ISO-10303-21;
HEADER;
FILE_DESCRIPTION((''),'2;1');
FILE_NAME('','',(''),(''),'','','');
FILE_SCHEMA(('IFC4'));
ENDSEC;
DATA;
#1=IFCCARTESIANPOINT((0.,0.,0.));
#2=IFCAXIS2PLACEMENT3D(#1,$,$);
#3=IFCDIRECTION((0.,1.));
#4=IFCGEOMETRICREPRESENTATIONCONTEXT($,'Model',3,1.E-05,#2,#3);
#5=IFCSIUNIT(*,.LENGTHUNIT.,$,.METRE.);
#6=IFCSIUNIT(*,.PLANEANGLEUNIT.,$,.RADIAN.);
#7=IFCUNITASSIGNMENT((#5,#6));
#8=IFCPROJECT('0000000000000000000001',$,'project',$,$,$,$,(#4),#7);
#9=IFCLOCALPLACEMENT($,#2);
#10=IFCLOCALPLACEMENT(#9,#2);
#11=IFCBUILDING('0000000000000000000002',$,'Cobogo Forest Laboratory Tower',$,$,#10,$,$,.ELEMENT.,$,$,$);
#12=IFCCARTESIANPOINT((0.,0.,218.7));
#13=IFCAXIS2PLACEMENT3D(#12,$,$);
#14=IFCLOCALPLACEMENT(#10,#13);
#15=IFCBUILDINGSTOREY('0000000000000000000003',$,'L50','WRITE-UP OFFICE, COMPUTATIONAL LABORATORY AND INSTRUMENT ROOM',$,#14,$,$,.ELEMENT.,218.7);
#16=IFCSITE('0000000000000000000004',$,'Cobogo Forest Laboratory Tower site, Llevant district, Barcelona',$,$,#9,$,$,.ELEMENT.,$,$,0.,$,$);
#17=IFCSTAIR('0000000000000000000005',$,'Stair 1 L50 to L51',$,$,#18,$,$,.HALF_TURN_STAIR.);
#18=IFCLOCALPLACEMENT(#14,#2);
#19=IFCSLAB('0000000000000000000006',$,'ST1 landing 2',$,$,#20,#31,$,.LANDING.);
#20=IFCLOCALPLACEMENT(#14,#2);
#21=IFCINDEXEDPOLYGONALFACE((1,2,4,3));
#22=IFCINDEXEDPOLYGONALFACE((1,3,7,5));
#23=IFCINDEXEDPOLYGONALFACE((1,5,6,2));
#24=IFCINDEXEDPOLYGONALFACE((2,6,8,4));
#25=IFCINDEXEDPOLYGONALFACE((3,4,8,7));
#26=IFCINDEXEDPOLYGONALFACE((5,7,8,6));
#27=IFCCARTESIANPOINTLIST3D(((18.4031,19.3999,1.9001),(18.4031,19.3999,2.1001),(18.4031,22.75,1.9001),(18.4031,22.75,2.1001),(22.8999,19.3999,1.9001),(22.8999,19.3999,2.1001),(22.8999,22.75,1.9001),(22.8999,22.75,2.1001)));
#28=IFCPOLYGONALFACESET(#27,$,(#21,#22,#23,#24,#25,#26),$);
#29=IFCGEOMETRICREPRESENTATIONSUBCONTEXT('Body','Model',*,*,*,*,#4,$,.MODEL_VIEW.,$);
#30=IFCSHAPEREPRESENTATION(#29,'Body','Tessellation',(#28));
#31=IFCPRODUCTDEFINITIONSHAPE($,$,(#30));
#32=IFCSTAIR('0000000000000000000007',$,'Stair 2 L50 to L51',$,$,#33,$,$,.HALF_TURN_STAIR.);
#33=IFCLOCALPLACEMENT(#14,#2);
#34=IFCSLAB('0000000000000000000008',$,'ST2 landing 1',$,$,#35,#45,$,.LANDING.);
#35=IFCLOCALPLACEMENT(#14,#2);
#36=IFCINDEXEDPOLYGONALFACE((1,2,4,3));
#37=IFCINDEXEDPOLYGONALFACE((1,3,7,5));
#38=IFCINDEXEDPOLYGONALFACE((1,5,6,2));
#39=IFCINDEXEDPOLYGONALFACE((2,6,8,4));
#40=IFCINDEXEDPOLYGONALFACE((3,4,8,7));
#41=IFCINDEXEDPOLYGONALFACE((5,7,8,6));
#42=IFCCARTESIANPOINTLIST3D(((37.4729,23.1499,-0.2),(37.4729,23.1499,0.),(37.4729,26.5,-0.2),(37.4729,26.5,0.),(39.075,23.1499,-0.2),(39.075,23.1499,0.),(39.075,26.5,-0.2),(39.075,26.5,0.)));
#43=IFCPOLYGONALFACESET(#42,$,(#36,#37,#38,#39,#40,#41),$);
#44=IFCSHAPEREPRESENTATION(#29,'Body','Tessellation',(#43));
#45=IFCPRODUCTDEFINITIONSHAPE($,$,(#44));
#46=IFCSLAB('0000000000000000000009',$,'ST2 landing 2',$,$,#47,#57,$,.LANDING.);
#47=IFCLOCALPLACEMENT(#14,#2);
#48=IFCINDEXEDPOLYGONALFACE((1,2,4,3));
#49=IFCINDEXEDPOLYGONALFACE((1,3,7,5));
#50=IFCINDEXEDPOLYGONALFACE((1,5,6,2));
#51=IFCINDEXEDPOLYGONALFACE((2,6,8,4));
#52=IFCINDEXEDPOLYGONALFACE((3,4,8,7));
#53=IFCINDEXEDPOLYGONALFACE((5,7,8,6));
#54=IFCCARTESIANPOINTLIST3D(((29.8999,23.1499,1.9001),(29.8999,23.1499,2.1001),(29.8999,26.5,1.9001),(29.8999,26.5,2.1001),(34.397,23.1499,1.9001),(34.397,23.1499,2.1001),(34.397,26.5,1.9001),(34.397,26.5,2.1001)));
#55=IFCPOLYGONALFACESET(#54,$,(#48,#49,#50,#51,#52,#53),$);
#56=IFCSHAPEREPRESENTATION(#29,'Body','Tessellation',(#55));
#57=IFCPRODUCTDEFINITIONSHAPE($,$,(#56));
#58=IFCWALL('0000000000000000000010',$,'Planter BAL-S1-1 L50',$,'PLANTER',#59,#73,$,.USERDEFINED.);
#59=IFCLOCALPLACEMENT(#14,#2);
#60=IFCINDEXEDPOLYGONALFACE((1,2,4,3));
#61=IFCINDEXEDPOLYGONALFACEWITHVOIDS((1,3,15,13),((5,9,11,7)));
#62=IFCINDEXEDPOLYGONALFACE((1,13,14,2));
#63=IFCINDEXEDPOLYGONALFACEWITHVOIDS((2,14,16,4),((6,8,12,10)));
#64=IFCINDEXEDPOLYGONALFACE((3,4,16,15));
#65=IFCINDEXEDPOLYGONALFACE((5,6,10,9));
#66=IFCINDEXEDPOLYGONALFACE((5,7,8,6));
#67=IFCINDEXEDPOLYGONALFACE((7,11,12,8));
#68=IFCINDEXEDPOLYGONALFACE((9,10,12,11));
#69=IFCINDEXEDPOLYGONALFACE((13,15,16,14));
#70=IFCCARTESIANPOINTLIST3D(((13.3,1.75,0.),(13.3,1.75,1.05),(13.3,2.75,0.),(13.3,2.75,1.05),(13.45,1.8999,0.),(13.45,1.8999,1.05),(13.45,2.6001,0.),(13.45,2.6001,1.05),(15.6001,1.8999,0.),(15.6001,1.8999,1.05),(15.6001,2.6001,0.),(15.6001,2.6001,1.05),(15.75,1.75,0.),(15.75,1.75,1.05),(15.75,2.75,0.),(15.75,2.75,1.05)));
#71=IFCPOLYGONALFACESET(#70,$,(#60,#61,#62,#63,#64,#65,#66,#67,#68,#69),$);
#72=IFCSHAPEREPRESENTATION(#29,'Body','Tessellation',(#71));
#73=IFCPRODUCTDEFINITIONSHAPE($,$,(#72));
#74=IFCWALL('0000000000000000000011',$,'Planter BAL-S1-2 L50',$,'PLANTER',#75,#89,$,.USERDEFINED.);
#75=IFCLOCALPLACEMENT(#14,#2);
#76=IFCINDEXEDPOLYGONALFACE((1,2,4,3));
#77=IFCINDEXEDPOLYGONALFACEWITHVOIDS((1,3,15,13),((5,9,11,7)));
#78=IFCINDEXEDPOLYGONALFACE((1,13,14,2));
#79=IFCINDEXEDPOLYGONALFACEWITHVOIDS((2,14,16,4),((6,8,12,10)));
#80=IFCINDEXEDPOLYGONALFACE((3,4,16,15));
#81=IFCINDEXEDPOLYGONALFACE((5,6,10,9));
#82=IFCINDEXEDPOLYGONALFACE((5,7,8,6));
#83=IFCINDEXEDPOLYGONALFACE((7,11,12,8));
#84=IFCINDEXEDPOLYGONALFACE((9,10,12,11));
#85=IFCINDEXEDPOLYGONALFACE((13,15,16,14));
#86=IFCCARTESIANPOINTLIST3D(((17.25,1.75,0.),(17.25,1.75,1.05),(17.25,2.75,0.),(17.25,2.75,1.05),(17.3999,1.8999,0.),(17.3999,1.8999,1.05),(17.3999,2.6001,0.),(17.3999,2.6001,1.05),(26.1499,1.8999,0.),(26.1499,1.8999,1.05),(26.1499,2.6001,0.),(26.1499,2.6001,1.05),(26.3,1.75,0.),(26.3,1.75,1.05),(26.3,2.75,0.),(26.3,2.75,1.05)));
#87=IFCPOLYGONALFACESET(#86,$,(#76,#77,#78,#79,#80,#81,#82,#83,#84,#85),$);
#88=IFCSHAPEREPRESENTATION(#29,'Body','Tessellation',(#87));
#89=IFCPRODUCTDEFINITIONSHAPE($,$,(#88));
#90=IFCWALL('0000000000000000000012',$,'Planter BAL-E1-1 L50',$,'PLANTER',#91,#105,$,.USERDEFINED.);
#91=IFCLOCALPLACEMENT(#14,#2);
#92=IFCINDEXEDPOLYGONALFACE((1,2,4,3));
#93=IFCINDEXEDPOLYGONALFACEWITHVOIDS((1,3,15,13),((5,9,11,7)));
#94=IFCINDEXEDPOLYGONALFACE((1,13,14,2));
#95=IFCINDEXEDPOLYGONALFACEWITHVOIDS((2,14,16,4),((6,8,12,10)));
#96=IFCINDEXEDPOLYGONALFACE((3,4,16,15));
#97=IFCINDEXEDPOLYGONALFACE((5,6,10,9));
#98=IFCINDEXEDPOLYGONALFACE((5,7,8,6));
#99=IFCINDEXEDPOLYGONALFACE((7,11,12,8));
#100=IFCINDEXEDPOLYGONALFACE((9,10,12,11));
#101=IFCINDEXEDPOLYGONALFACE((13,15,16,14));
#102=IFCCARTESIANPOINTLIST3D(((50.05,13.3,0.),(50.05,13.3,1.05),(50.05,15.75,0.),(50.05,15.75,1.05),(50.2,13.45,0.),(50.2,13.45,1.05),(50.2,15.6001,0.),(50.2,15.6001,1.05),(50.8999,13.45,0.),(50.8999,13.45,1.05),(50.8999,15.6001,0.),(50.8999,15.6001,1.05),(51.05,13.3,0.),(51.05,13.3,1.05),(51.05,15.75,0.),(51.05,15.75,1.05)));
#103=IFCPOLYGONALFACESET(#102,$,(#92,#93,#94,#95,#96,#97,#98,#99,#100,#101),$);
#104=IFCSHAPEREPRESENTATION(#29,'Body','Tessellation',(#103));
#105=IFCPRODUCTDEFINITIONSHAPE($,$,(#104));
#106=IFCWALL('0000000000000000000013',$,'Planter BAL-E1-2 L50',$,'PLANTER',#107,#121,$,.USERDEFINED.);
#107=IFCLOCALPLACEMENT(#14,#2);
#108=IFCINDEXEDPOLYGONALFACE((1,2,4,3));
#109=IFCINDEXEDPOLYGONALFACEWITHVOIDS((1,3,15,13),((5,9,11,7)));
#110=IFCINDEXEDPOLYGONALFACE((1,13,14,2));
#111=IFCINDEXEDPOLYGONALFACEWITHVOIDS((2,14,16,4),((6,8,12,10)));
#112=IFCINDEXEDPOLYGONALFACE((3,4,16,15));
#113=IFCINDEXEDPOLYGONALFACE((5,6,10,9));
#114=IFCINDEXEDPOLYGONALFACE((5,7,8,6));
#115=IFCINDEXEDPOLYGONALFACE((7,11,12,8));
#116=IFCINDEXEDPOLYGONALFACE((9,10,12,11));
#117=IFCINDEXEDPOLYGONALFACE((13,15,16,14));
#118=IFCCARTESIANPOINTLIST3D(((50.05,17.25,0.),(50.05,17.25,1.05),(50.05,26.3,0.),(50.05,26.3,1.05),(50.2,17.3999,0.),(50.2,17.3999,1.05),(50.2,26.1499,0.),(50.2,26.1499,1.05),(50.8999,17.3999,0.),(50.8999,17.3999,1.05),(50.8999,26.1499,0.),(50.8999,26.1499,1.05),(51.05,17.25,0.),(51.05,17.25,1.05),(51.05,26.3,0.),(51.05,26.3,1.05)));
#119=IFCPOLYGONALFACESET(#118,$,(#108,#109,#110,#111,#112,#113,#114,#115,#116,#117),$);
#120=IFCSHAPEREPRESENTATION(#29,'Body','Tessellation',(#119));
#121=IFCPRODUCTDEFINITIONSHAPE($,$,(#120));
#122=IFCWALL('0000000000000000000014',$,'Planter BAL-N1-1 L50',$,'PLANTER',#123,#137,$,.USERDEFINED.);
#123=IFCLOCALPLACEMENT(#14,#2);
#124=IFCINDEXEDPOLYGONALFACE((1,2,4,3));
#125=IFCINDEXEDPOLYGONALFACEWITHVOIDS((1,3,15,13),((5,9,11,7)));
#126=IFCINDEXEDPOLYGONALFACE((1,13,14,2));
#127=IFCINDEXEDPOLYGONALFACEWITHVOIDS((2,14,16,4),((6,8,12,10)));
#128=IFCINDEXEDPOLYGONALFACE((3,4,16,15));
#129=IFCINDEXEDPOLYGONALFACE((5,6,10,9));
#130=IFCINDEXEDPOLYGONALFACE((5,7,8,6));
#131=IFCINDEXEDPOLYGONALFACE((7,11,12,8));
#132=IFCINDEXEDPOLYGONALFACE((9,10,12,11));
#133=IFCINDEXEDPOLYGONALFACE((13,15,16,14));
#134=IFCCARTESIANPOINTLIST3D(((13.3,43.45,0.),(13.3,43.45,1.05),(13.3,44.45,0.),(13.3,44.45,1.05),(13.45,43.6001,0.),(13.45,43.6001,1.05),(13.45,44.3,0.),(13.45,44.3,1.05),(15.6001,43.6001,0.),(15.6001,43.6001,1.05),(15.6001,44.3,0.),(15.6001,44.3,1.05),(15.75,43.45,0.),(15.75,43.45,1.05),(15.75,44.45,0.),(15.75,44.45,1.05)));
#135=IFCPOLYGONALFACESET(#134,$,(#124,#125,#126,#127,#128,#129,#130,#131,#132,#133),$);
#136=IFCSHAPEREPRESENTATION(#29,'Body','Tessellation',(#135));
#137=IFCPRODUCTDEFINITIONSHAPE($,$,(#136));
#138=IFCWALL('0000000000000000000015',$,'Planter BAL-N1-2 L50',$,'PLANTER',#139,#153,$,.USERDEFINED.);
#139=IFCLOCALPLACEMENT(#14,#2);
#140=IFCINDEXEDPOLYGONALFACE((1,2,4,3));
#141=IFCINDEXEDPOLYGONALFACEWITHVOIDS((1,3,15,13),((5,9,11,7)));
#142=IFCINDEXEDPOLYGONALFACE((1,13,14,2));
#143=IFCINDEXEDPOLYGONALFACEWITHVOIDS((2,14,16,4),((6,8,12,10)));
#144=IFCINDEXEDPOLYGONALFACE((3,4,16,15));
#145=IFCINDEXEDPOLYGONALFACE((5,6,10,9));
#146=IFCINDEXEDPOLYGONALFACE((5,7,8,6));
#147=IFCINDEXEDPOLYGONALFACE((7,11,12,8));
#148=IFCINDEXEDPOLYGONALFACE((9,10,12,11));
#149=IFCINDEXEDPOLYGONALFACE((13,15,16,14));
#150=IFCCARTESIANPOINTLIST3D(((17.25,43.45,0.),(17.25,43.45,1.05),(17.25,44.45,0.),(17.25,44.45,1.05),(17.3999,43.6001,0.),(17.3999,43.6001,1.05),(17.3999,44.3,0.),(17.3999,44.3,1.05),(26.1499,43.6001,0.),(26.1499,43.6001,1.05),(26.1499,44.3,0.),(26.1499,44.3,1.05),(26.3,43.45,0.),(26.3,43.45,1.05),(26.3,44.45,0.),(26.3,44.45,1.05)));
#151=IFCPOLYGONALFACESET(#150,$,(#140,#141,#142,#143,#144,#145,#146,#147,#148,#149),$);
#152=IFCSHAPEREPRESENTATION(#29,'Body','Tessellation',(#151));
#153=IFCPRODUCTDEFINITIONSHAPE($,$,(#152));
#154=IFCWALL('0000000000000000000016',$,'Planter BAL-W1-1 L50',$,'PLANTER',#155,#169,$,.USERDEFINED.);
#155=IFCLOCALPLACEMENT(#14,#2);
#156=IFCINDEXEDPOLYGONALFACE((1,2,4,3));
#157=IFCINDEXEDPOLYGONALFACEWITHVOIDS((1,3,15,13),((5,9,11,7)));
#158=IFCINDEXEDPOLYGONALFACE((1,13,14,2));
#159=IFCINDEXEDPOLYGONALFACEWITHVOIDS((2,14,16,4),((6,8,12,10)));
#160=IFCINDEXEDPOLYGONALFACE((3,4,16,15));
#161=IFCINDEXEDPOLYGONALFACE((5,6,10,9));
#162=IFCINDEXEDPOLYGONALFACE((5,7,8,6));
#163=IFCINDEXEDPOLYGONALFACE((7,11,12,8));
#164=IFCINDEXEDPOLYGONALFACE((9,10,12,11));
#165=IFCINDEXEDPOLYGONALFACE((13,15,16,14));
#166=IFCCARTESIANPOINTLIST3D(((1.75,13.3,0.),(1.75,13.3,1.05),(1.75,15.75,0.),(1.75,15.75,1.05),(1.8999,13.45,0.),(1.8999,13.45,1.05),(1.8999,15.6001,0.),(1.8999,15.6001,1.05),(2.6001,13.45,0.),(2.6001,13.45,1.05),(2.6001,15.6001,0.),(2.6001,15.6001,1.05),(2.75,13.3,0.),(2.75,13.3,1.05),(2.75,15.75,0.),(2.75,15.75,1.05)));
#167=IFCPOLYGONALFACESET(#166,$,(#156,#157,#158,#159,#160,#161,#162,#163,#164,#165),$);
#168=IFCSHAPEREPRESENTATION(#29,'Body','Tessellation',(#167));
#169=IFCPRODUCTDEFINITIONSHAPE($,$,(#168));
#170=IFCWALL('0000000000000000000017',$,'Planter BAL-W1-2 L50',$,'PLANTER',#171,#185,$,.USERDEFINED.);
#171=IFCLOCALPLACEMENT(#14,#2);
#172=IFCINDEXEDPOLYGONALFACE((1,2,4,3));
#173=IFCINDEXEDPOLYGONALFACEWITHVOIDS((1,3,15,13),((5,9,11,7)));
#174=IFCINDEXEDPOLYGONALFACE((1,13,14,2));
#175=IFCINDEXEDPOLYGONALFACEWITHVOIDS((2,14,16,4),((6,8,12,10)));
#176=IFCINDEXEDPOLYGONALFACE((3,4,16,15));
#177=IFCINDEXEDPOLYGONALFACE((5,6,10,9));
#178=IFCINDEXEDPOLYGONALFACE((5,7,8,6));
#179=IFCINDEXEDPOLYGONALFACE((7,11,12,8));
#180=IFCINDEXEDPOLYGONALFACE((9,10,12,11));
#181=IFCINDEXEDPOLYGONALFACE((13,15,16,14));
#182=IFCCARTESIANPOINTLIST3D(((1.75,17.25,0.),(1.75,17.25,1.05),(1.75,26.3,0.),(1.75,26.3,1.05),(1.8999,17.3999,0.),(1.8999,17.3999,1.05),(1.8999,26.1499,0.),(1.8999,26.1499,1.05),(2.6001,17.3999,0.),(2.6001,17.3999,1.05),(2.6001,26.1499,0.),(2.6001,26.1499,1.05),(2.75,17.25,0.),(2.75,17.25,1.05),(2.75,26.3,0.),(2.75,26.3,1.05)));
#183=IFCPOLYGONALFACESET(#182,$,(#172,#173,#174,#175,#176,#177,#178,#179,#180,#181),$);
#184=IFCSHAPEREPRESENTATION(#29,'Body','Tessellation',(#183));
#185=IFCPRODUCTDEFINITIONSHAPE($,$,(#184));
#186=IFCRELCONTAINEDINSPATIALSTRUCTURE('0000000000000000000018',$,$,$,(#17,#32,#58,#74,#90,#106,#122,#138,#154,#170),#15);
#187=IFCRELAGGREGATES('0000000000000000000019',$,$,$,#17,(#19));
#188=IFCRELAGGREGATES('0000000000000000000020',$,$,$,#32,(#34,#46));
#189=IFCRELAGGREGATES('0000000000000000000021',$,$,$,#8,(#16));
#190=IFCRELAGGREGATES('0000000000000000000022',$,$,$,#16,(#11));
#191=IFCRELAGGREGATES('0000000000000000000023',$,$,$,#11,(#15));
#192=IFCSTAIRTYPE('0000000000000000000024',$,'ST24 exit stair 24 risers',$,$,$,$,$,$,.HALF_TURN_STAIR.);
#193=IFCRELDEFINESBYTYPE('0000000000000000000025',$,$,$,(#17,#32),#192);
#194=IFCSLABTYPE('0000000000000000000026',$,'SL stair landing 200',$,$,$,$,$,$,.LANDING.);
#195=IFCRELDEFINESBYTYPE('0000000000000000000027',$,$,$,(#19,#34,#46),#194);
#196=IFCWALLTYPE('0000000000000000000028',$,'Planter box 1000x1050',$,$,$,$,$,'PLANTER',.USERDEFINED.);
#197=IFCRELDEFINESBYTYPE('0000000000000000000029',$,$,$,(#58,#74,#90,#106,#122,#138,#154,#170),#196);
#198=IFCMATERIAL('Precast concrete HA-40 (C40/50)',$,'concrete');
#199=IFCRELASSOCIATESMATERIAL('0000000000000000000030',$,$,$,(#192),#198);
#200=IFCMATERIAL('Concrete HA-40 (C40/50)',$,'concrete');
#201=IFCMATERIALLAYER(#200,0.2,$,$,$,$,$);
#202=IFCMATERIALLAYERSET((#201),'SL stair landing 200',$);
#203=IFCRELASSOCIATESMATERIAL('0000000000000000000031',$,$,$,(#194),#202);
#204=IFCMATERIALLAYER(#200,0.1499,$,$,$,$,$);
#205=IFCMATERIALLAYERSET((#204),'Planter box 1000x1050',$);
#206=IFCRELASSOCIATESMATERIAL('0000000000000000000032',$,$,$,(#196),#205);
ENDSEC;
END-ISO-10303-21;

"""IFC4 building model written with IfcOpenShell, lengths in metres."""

from ifc_helpers import new_model, si_unit, direction, frame, origin, place, context, subcontext, project, spatial, polyline, outline, extrude, material, layer, layer_set, type_object, element, aggregate, save


model = new_model("IFC4")

# Units and contexts
model_context = context("Model", 3, precision=1e-05, world=origin(), true_north=direction((0.0, 1.0)))
body_context = subcontext(model_context, "Body", "Model", "MODEL_VIEW")
ifc_project = project(units=[si_unit("LENGTHUNIT", "METRE"), si_unit("PLANEANGLEUNIT", "RADIAN")], contexts=[model_context])

# Site, building, storey
site_placement = place(None, origin())
site = spatial("IfcSite", under=ifc_project, at=site_placement, Name="Cobogo Forest Laboratory Tower site, Llevant district, Barcelona", CompositionType="ELEMENT", RefElevation=0.0)
building_placement = place(site_placement, origin())
building = spatial("IfcBuilding", under=site, at=building_placement, Name="Cobogo Forest Laboratory Tower", CompositionType="ELEMENT")
storey_placement = place(building_placement, frame((0.0, 0.0, 218.7)))
storey = spatial("IfcBuildingStorey", under=building, at=storey_placement, Name="L50", Description="WRITE-UP OFFICE, COMPUTATIONAL LABORATORY AND INSTRUMENT ROOM", CompositionType="ELEMENT", Elevation=218.7)

# Shared definitions
ifc_material_1 = material(Name="Concrete HA-40 (C40/50)", Category="concrete")

# Stairs, slabs
ifc_material_2 = material(Name="Precast concrete HA-40 (C40/50)", Category="concrete")
stair_type = type_object("IfcStairType", Name="ST24 exit stair 24 risers", PredefinedType="HALF_TURN_STAIR", material=ifc_material_2)
stair_1_placement = place(storey_placement, origin())
stair_1 = element("IfcStair", 1, at=stair_1_placement, inside=storey, type_object=stair_type, Name="Stair 1 L50 to L51", PredefinedType="HALF_TURN_STAIR")
ifc_layer_1 = layer(ifc_material_1, 0.2)
ifc_layer_set_1 = layer_set([ifc_layer_1], Name="SL stair landing 200")
slab_type_1 = type_object("IfcSlabType", Name="SL stair landing 200", PredefinedType="LANDING", material=ifc_layer_set_1)
slab_1_placement = place(storey_placement, frame((0.0, 0.0, 1.9001)))
slab_1 = element("IfcSlab", 2, at=slab_1_placement, type_object=slab_type_1, Name="ST1 landing 2", PredefinedType="LANDING", context=body_context, shape_type="SweptSolid", body=[
    extrude(outline(polyline([(18.4031, 19.3999), (22.8999, 19.3999), (22.8999, 22.75), (18.4031, 22.75), (18.4031, 19.3999)])), origin(), (0.0, 0.0, 1.0), 0.2),
])
aggregate(stair_1, [slab_1])
stair_2_placement = place(storey_placement, origin())
stair_2 = element("IfcStair", 3, at=stair_2_placement, inside=storey, type_object=stair_type, Name="Stair 2 L50 to L51", PredefinedType="HALF_TURN_STAIR")
slab_2_placement = place(storey_placement, frame((0.0, 0.0, -0.2)))
slab_2 = element("IfcSlab", 4, at=slab_2_placement, type_object=slab_type_1, Name="ST2 landing 1", PredefinedType="LANDING", context=body_context, shape_type="SweptSolid", body=[
    extrude(outline(polyline([(37.4729, 23.1499), (39.075, 23.1499), (39.075, 26.5), (37.4729, 26.5), (37.4729, 23.1499)])), origin(), (0.0, 0.0, 1.0), 0.2),
])
slab_3_placement = place(storey_placement, frame((0.0, 0.0, 1.9001)))
slab_3 = element("IfcSlab", 5, at=slab_3_placement, type_object=slab_type_1, Name="ST2 landing 2", PredefinedType="LANDING", context=body_context, shape_type="SweptSolid", body=[
    extrude(outline(polyline([(29.8999, 23.1499), (34.397, 23.1499), (34.397, 26.5), (29.8999, 26.5), (29.8999, 23.1499)])), origin(), (0.0, 0.0, 1.0), 0.2),
])
aggregate(stair_2, [slab_2, slab_3])

# Walls
ifc_layer_2 = layer(ifc_material_1, 0.1499)
ifc_layer_set_2 = layer_set([ifc_layer_2], Name="Planter box 1000x1050")
wall_type = type_object("IfcWallType", Name="Planter box 1000x1050", ElementType="PLANTER", PredefinedType="USERDEFINED", material=ifc_layer_set_2)
wall_1_placement = place(storey_placement, origin())
element("IfcWall", 6, at=wall_1_placement, inside=storey, type_object=wall_type, Name="Planter BAL-S1-1 L50", ObjectType="PLANTER", PredefinedType="USERDEFINED", context=body_context, shape_type="SweptSolid", body=[
    extrude(outline(polyline([(13.3, 1.75), (15.75, 1.75), (15.75, 2.75), (13.3, 2.75), (13.3, 1.75)]), holes=[polyline([(13.45, 1.8999), (15.6001, 1.8999), (15.6001, 2.6001), (13.45, 2.6001), (13.45, 1.8999)])]), origin(), (0.0, 0.0, 1.0), 1.05),
])
wall_2_placement = place(storey_placement, origin())
element("IfcWall", 7, at=wall_2_placement, inside=storey, type_object=wall_type, Name="Planter BAL-S1-2 L50", ObjectType="PLANTER", PredefinedType="USERDEFINED", context=body_context, shape_type="SweptSolid", body=[
    extrude(outline(polyline([(17.25, 1.75), (26.3, 1.75), (26.3, 2.75), (17.25, 2.75), (17.25, 1.75)]), holes=[polyline([(17.3999, 1.8999), (26.1499, 1.8999), (26.1499, 2.6001), (17.3999, 2.6001), (17.3999, 1.8999)])]), origin(), (0.0, 0.0, 1.0), 1.05),
])
wall_3_placement = place(storey_placement, origin())
element("IfcWall", 8, at=wall_3_placement, inside=storey, type_object=wall_type, Name="Planter BAL-E1-1 L50", ObjectType="PLANTER", PredefinedType="USERDEFINED", context=body_context, shape_type="SweptSolid", body=[
    extrude(outline(polyline([(50.05, 13.3), (51.05, 13.3), (51.05, 15.75), (50.05, 15.75), (50.05, 13.3)]), holes=[polyline([(50.2, 13.45), (50.8999, 13.45), (50.8999, 15.6001), (50.2, 15.6001), (50.2, 13.45)])]), origin(), (0.0, 0.0, 1.0), 1.05),
])
wall_4_placement = place(storey_placement, origin())
element("IfcWall", 9, at=wall_4_placement, inside=storey, type_object=wall_type, Name="Planter BAL-E1-2 L50", ObjectType="PLANTER", PredefinedType="USERDEFINED", context=body_context, shape_type="SweptSolid", body=[
    extrude(outline(polyline([(50.05, 17.25), (51.05, 17.25), (51.05, 26.3), (50.05, 26.3), (50.05, 17.25)]), holes=[polyline([(50.2, 17.3999), (50.8999, 17.3999), (50.8999, 26.1499), (50.2, 26.1499), (50.2, 17.3999)])]), origin(), (0.0, 0.0, 1.0), 1.05),
])
wall_5_placement = place(storey_placement, origin())
element("IfcWall", 10, at=wall_5_placement, inside=storey, type_object=wall_type, Name="Planter BAL-N1-1 L50", ObjectType="PLANTER", PredefinedType="USERDEFINED", context=body_context, shape_type="SweptSolid", body=[
    extrude(outline(polyline([(13.3, 43.45), (15.75, 43.45), (15.75, 44.45), (13.3, 44.45), (13.3, 43.45)]), holes=[polyline([(13.45, 43.6001), (15.6001, 43.6001), (15.6001, 44.3), (13.45, 44.3), (13.45, 43.6001)])]), origin(), (0.0, 0.0, 1.0), 1.05),
])
wall_6_placement = place(storey_placement, origin())
element("IfcWall", 11, at=wall_6_placement, inside=storey, type_object=wall_type, Name="Planter BAL-N1-2 L50", ObjectType="PLANTER", PredefinedType="USERDEFINED", context=body_context, shape_type="SweptSolid", body=[
    extrude(outline(polyline([(17.25, 43.45), (26.3, 43.45), (26.3, 44.45), (17.25, 44.45), (17.25, 43.45)]), holes=[polyline([(17.3999, 43.6001), (26.1499, 43.6001), (26.1499, 44.3), (17.3999, 44.3), (17.3999, 43.6001)])]), origin(), (0.0, 0.0, 1.0), 1.05),
])
wall_7_placement = place(storey_placement, origin())
element("IfcWall", 12, at=wall_7_placement, inside=storey, type_object=wall_type, Name="Planter BAL-W1-1 L50", ObjectType="PLANTER", PredefinedType="USERDEFINED", context=body_context, shape_type="SweptSolid", body=[
    extrude(outline(polyline([(1.75, 13.3), (2.75, 13.3), (2.75, 15.75), (1.75, 15.75), (1.75, 13.3)]), holes=[polyline([(1.8999, 13.45), (2.6001, 13.45), (2.6001, 15.6001), (1.8999, 15.6001), (1.8999, 13.45)])]), origin(), (0.0, 0.0, 1.0), 1.05),
])
wall_8_placement = place(storey_placement, origin())
element("IfcWall", 13, at=wall_8_placement, inside=storey, type_object=wall_type, Name="Planter BAL-W1-2 L50", ObjectType="PLANTER", PredefinedType="USERDEFINED", context=body_context, shape_type="SweptSolid", body=[
    extrude(outline(polyline([(1.75, 17.25), (2.75, 17.25), (2.75, 26.3), (1.75, 26.3), (1.75, 17.25)]), holes=[polyline([(1.8999, 17.3999), (2.6001, 17.3999), (2.6001, 26.1499), (1.8999, 26.1499), (1.8999, 17.3999)])]), origin(), (0.0, 0.0, 1.0), 1.05),
])

save(model, "model.ifc")
